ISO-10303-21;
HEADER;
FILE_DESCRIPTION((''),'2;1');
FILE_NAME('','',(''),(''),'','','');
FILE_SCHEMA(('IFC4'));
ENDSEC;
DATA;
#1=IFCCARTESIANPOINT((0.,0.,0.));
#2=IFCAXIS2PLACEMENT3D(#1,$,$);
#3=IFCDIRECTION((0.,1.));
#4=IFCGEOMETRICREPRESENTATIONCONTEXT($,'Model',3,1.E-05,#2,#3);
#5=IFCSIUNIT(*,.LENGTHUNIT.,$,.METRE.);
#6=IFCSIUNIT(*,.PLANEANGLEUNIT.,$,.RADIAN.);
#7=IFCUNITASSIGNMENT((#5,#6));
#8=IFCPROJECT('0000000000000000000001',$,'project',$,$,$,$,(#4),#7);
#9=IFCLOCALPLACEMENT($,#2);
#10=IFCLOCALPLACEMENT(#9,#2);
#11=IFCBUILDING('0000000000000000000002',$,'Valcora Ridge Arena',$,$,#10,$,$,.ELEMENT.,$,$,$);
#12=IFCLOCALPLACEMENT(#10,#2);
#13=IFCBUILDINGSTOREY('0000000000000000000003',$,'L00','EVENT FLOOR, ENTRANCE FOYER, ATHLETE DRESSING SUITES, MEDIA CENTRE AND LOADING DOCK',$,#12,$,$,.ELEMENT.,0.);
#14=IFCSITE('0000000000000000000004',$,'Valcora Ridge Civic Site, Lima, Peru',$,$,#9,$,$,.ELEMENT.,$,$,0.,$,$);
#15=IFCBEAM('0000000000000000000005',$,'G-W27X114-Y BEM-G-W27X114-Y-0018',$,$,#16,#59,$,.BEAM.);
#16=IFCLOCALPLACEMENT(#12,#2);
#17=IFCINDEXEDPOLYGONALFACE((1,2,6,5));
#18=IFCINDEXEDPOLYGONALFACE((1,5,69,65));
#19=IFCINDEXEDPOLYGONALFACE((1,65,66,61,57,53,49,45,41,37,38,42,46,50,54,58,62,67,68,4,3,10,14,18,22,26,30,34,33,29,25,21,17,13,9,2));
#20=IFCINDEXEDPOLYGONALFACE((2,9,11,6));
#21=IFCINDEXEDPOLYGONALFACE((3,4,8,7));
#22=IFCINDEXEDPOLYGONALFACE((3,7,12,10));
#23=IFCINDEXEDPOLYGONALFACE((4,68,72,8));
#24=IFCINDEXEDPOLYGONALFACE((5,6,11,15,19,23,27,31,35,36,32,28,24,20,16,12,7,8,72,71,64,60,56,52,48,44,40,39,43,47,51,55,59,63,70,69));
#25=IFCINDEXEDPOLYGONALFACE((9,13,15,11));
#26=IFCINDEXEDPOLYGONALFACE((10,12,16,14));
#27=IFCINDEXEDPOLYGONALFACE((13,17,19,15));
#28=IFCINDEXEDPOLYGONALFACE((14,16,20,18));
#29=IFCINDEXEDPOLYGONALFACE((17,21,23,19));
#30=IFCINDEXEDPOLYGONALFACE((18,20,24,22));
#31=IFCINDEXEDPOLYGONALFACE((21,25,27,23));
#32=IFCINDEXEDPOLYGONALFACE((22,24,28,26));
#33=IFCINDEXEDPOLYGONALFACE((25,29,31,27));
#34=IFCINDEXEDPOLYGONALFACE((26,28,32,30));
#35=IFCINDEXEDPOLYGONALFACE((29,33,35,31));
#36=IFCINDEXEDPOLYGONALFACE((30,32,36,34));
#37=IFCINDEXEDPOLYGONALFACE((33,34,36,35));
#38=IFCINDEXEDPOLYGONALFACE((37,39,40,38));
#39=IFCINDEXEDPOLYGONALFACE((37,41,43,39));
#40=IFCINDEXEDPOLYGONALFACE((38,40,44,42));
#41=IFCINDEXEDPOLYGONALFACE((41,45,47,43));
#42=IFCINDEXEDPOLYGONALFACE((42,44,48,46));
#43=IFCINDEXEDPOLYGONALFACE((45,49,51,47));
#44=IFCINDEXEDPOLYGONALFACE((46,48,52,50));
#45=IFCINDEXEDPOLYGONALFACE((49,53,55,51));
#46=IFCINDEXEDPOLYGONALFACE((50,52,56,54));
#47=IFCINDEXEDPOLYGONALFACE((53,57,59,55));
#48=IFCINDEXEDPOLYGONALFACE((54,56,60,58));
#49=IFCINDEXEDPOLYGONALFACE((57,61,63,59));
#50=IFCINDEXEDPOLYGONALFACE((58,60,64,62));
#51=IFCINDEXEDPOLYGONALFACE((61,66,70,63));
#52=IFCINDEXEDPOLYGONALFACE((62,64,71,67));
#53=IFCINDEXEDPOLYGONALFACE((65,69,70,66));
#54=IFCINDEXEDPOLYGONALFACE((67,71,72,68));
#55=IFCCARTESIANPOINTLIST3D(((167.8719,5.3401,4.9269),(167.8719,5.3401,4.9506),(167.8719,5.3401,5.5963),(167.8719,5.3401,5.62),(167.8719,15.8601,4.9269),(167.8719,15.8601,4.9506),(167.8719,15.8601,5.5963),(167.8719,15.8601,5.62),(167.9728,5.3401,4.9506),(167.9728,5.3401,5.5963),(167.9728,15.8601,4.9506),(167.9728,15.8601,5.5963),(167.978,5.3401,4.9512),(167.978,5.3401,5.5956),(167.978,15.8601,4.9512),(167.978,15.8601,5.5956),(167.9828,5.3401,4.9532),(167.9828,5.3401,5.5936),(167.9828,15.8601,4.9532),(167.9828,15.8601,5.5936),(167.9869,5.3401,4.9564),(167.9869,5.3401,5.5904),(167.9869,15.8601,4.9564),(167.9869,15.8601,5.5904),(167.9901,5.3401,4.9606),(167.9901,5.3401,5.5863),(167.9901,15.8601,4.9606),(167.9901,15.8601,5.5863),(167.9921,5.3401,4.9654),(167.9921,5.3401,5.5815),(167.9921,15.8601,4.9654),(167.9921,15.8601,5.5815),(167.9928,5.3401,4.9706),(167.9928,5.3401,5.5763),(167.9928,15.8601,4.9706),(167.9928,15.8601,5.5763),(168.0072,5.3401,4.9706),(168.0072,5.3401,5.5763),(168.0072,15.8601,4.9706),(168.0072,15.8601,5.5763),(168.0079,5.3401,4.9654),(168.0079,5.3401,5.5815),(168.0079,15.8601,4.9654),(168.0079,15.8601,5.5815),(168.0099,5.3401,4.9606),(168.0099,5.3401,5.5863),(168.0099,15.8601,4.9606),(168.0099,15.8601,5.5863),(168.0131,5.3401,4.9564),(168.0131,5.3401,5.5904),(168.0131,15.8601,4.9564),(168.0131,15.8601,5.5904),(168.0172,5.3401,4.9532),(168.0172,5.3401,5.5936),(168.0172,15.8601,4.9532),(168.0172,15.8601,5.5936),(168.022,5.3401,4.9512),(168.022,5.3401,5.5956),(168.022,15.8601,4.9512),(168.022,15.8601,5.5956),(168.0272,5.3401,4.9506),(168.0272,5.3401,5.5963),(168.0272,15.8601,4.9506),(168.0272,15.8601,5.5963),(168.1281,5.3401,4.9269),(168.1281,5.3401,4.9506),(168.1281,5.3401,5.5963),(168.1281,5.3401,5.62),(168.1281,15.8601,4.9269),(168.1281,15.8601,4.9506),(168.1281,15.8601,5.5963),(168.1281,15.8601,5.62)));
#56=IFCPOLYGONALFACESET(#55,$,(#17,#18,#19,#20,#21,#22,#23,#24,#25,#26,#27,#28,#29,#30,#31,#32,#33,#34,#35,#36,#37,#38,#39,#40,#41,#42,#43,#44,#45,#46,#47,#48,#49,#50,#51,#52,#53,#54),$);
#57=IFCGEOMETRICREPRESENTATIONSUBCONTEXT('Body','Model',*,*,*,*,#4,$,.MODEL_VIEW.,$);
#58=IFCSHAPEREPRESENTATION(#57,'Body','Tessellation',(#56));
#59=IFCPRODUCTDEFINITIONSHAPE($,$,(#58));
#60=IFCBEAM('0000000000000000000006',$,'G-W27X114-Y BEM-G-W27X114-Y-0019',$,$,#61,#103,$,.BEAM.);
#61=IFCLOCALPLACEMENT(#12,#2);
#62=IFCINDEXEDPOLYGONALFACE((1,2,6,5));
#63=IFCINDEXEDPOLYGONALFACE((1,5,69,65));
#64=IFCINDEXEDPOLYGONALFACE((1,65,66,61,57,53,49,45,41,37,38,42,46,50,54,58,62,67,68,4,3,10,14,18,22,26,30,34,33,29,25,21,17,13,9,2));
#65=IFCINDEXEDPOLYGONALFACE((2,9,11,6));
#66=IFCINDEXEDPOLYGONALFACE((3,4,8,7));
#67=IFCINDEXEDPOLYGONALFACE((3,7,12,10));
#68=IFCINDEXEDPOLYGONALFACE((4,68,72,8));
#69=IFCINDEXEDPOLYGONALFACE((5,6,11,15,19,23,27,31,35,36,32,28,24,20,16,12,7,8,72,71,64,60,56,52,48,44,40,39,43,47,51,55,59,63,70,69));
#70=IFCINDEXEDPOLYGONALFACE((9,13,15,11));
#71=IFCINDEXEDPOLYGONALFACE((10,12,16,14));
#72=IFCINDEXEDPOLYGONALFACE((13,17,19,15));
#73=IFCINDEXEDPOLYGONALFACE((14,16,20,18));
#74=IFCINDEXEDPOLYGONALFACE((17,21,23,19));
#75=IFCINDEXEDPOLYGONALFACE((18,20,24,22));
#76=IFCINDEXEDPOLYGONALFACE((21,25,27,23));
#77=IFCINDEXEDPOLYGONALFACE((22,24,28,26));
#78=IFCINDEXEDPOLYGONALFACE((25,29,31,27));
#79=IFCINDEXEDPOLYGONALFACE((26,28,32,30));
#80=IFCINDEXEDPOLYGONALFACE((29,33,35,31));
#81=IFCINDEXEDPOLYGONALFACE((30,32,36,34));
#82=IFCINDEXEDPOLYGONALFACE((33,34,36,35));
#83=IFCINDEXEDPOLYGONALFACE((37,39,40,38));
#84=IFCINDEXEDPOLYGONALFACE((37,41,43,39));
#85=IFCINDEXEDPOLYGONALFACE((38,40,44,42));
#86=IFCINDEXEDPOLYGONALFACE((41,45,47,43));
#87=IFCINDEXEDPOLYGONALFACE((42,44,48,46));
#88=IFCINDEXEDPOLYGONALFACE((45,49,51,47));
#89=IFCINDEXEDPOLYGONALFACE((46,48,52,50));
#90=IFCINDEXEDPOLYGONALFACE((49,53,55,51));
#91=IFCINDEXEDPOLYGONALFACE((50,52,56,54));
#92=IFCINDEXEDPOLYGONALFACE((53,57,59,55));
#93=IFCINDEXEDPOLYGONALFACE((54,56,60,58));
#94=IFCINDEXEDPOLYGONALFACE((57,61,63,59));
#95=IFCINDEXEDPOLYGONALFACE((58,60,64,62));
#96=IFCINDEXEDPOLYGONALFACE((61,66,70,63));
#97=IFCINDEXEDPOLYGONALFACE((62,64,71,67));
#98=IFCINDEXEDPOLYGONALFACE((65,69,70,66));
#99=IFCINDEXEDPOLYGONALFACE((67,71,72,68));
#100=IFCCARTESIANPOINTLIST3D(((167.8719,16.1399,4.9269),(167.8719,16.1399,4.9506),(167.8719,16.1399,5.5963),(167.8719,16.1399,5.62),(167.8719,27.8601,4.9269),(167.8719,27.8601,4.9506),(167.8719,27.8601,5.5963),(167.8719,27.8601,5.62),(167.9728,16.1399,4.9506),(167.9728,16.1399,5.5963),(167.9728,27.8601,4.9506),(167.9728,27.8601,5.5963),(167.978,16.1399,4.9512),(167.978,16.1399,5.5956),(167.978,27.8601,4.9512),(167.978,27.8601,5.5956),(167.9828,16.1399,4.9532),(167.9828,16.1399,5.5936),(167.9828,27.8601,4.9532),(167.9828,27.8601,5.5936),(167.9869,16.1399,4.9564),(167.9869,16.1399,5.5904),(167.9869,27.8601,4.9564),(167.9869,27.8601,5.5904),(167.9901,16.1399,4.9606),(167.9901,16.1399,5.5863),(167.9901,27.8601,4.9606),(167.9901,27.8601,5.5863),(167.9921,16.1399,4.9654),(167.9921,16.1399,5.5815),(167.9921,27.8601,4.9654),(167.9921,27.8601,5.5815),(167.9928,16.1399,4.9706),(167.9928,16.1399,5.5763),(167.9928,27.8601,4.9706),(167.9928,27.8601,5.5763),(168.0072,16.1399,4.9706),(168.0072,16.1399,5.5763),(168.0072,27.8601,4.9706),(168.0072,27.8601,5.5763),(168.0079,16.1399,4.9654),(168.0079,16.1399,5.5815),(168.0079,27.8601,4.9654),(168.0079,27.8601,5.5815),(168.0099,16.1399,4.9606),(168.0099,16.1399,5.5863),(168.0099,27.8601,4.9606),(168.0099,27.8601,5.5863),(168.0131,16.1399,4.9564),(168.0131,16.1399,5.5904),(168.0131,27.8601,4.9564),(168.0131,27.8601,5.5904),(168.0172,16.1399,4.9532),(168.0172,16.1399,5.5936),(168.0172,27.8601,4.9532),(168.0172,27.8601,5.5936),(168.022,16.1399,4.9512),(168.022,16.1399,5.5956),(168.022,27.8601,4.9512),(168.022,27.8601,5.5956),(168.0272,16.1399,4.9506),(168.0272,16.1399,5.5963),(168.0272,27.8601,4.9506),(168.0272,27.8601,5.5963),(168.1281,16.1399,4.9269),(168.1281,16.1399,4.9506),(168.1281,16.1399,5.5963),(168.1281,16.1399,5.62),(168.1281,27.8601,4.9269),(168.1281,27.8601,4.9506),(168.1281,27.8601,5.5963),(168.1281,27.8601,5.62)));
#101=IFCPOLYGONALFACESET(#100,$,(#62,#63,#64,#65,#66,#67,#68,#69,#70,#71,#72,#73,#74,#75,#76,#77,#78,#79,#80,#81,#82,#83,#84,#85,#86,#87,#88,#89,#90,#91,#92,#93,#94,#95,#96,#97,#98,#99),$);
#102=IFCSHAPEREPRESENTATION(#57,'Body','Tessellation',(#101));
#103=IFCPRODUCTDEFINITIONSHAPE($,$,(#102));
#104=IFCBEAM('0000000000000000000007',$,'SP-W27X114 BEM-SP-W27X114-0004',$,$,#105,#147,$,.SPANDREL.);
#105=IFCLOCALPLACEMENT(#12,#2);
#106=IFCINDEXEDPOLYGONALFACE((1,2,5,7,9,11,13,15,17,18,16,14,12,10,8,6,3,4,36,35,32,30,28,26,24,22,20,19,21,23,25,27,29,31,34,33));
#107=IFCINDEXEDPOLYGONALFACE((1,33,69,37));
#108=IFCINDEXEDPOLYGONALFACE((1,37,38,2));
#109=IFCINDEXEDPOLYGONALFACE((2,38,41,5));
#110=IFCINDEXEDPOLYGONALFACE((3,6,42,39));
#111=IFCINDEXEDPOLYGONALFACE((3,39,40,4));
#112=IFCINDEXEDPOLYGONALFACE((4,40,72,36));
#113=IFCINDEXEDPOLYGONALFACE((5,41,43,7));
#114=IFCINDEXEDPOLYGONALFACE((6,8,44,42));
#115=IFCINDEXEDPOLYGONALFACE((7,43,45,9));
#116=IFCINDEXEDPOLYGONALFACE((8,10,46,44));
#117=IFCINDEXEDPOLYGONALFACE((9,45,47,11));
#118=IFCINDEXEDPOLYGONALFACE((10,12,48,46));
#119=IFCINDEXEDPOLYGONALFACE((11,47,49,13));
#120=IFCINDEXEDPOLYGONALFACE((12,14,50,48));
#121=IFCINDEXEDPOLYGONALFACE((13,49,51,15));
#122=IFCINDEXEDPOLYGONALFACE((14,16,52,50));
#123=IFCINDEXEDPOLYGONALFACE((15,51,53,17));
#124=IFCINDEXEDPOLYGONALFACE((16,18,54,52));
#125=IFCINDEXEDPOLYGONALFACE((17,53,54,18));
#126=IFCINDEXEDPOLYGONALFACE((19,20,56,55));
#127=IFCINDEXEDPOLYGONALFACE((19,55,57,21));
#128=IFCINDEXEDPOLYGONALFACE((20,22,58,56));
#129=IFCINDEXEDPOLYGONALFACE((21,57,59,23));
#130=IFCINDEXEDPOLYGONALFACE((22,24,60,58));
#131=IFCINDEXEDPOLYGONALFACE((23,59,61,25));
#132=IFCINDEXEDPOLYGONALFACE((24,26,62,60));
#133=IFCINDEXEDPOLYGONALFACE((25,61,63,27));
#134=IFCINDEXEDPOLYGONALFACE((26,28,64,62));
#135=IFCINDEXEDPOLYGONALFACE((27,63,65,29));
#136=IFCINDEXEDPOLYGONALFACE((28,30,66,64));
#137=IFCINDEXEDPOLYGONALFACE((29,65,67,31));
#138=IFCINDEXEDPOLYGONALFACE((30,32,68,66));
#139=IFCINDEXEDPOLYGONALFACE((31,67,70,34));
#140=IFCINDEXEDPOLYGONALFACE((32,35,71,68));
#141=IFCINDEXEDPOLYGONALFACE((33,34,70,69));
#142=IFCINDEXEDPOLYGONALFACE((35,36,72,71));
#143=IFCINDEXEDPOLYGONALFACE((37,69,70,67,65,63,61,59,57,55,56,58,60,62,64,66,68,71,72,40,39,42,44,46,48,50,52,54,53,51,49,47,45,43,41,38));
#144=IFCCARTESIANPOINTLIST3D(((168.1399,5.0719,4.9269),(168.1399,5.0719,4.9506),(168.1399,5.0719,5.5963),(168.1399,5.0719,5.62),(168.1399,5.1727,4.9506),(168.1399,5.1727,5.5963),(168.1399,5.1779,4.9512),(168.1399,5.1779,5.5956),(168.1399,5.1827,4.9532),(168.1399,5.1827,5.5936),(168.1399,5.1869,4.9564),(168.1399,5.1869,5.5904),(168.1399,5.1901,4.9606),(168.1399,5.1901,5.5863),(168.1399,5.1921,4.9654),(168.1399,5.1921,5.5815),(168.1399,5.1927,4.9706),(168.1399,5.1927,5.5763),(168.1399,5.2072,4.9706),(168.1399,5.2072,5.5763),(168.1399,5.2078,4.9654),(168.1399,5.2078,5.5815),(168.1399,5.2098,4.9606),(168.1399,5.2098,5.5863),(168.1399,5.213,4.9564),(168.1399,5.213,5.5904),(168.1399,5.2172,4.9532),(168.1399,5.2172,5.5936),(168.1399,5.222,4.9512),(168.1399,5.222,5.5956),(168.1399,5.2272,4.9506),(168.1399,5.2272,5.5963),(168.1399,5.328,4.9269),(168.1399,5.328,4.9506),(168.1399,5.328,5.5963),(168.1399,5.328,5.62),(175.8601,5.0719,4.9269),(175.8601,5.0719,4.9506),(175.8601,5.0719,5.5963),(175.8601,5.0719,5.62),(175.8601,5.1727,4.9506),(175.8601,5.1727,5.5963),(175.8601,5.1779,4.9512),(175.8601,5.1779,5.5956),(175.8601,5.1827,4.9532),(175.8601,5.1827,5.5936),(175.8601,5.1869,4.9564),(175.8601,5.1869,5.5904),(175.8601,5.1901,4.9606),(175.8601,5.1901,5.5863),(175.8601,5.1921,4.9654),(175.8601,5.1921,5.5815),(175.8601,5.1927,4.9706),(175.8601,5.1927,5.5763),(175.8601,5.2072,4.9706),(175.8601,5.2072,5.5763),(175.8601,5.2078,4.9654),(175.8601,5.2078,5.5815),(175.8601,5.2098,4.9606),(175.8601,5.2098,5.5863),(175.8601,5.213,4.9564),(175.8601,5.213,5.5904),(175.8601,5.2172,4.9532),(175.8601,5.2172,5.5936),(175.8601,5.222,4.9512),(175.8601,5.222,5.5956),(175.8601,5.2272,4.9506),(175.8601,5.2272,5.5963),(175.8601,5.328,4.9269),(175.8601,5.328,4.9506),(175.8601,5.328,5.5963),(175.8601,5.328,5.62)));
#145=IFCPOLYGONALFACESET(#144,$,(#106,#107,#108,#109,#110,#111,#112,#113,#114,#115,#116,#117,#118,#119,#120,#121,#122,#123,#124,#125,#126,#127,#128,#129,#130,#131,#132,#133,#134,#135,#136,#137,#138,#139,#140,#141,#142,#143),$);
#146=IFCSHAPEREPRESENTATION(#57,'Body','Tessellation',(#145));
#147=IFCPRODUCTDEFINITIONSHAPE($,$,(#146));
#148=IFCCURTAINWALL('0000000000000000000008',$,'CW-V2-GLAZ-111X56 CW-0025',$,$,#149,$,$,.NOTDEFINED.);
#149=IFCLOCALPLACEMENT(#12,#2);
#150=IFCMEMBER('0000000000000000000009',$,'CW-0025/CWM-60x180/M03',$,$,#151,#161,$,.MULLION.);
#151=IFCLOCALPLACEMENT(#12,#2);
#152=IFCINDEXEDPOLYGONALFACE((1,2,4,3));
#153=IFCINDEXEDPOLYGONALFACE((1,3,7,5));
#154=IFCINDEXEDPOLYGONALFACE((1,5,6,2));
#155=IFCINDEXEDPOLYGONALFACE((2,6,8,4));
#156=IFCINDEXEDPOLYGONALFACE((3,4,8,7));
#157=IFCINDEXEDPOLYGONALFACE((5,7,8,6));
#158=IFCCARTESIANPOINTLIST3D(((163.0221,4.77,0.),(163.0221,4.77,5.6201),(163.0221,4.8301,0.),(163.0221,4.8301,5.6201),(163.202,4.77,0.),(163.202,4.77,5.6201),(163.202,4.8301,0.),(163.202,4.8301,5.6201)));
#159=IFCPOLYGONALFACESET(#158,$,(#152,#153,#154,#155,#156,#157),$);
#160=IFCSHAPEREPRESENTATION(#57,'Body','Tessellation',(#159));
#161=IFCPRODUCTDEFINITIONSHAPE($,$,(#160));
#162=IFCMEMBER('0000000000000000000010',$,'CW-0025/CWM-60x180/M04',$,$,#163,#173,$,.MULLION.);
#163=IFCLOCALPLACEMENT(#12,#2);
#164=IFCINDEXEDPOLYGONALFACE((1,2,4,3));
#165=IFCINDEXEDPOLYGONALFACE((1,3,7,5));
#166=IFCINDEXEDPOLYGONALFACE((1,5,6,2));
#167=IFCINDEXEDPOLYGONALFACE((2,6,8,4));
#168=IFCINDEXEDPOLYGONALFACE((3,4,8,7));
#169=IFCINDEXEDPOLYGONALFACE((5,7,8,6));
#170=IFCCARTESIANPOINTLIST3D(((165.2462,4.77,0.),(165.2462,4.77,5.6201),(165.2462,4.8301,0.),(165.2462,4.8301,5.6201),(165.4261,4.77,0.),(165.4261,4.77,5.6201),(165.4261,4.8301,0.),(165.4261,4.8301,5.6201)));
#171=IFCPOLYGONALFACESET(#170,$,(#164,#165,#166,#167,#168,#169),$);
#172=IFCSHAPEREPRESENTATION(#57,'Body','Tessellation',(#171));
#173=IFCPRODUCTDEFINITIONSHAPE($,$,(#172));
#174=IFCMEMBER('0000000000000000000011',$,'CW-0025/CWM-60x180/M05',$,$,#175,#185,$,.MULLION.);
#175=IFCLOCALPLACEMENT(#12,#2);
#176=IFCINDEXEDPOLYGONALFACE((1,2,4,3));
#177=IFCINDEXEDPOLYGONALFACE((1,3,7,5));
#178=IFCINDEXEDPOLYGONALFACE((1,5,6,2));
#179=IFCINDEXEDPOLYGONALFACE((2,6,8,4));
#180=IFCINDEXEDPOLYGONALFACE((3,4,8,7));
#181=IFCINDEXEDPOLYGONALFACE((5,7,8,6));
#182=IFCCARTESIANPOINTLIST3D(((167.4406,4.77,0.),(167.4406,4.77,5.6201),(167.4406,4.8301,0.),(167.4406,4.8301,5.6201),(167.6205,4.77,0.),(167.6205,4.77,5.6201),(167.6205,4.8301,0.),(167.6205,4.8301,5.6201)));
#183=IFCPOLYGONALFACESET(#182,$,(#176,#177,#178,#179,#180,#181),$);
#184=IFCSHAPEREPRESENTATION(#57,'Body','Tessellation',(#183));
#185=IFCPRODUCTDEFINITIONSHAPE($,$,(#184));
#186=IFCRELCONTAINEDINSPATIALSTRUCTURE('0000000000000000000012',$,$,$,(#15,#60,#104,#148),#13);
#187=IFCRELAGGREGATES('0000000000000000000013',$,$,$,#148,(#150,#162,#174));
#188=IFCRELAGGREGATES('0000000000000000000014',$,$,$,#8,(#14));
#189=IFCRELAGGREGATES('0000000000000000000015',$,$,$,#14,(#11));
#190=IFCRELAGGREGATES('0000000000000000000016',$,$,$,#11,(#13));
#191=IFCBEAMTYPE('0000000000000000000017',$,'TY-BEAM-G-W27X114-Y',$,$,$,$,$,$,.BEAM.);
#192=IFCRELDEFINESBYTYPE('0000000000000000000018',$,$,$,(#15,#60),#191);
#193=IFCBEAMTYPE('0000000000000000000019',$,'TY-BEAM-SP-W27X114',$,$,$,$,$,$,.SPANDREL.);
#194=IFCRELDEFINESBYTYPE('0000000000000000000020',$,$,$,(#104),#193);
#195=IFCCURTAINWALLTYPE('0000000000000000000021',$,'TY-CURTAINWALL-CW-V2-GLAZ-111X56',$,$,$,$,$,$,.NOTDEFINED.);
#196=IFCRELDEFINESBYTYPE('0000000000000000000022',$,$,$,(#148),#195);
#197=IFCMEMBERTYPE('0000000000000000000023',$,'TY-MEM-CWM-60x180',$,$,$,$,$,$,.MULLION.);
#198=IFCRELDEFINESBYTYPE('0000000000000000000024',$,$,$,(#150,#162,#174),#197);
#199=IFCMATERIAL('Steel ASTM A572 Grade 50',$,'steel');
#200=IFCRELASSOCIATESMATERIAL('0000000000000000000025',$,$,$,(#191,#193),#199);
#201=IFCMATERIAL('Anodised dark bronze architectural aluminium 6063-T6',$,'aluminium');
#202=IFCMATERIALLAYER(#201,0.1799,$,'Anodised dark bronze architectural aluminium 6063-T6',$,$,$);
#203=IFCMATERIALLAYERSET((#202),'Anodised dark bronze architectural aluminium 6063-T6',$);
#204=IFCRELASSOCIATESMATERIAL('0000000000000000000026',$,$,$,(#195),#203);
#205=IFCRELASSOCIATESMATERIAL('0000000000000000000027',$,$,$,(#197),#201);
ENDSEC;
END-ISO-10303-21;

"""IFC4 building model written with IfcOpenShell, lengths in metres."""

from ifc_helpers import new_model, si_unit, direction, frame, origin, origin_2d, place, context, subcontext, project, spatial, rectangle, i_section, extrude, material, layer, layer_set, material_profile, profile_set, type_object, element, aggregate, save


model = new_model("IFC4")

# Units and contexts
model_context = context("Model", 3, precision=1e-05, world=origin(), true_north=direction((0.0, 1.0)))
body_context = subcontext(model_context, "Body", "Model", "MODEL_VIEW")
ifc_project = project(units=[si_unit("LENGTHUNIT", "METRE"), si_unit("PLANEANGLEUNIT", "RADIAN")], contexts=[model_context])

# Site, building, storey
site_placement = place(None, origin())
site = spatial("IfcSite", under=ifc_project, at=site_placement, Name="Valcora Ridge Civic Site, Lima, Peru", CompositionType="ELEMENT", RefElevation=0.0)
building_placement = place(site_placement, origin())
building = spatial("IfcBuilding", under=site, at=building_placement, Name="Valcora Ridge Arena", CompositionType="ELEMENT")
storey_placement = place(building_placement, origin())
storey = spatial("IfcBuildingStorey", under=building, at=storey_placement, Name="L00", Description="EVENT FLOOR, ENTRANCE FOYER, ATHLETE DRESSING SUITES, MEDIA CENTRE AND LOADING DOCK", CompositionType="ELEMENT", Elevation=0.0)

# Shared definitions
ifc_material_1 = material(Name="Steel ASTM A572 Grade 50", Category="steel")

# Beams
ifc_material_profile_1 = material_profile(ifc_material_1, i_section(OverallWidth=0.2561, OverallDepth=0.6931, WebThickness=0.0144, FlangeThickness=0.0237, FilletRadius=0.02, at=origin_2d()), Name="W27X114")
ifc_profile_set_1 = profile_set([ifc_material_profile_1], Name="Steel ASTM A572 Grade 50")
beam_type_1 = type_object("IfcBeamType", Name="TY-BEAM-G-W27X114-Y", PredefinedType="BEAM", material=ifc_profile_set_1)
beam_1_placement = place(storey_placement, frame((168.0, 5.3401, 5.2734), z_axis=(0.0, 1.0, 0.0), x_axis=(-1.0, 0.0, 0.0)))
element("IfcBeam", 1, at=beam_1_placement, inside=storey, type_object=beam_type_1, Name="G-W27X114-Y BEM-G-W27X114-Y-0018", PredefinedType="BEAM", context=body_context, shape_type="SweptSolid", body=[
    extrude(i_section(OverallWidth=0.2561, OverallDepth=0.6931, WebThickness=0.0144, FlangeThickness=0.0237, FilletRadius=0.02, at=origin_2d()), origin(), (0.0, 0.0, 1.0), 10.52),
])
beam_2_placement = place(storey_placement, frame((168.0, 16.1399, 5.2734), z_axis=(0.0, 1.0, 0.0), x_axis=(-1.0, 0.0, 0.0)))
element("IfcBeam", 2, at=beam_2_placement, inside=storey, type_object=beam_type_1, Name="G-W27X114-Y BEM-G-W27X114-Y-0019", PredefinedType="BEAM", context=body_context, shape_type="SweptSolid", body=[
    extrude(i_section(OverallWidth=0.2561, OverallDepth=0.6931, WebThickness=0.0144, FlangeThickness=0.0237, FilletRadius=0.02, at=origin_2d()), origin(), (0.0, 0.0, 1.0), 11.7202),
])
ifc_material_profile_2 = material_profile(ifc_material_1, i_section(OverallWidth=0.2561, OverallDepth=0.6931, WebThickness=0.0144, FlangeThickness=0.0237, FilletRadius=0.02, at=origin_2d()), Name="W27X114")
ifc_profile_set_2 = profile_set([ifc_material_profile_2], Name="Steel ASTM A572 Grade 50")
beam_type_2 = type_object("IfcBeamType", Name="TY-BEAM-SP-W27X114", PredefinedType="SPANDREL", material=ifc_profile_set_2)
beam_3_placement = place(storey_placement, frame((168.1399, 5.2, 5.2734), z_axis=(1.0, 0.0, 0.0), x_axis=(0.0, 1.0, 0.0)))
element("IfcBeam", 3, at=beam_3_placement, inside=storey, type_object=beam_type_2, Name="SP-W27X114 BEM-SP-W27X114-0004", PredefinedType="SPANDREL", context=body_context, shape_type="SweptSolid", body=[
    extrude(i_section(OverallWidth=0.2561, OverallDepth=0.6931, WebThickness=0.0144, FlangeThickness=0.0237, FilletRadius=0.02, at=origin_2d()), origin(), (0.0, 0.0, 1.0), 7.7202),
])

# Curtain wall, members
ifc_material_2 = material(Name="Anodised dark bronze architectural aluminium 6063-T6", Category="aluminium")
ifc_layer_1 = layer(ifc_material_2, 0.1799, Name="Anodised dark bronze architectural aluminium 6063-T6")
ifc_layer_set_1 = layer_set([ifc_layer_1], Name="Anodised dark bronze architectural aluminium 6063-T6")
curtain_wall_type_1 = type_object("IfcCurtainWallType", Name="TY-CURTAINWALL-CW-V2-GLAZ-111X56", PredefinedType="NOTDEFINED", material=ifc_layer_set_1)
curtain_wall_1_placement = place(storey_placement, origin())
curtain_wall_1 = element("IfcCurtainWall", 4, at=curtain_wall_1_placement, inside=storey, type_object=curtain_wall_type_1, Name="CW-V2-GLAZ-111X56 CW-0025", PredefinedType="NOTDEFINED")
ifc_material_profile_3 = material_profile(ifc_material_2, rectangle(XDim=0.0601, YDim=0.1799, at=origin_2d()), Name="ALU MULLION 60x180")
ifc_profile_set_3 = profile_set([ifc_material_profile_3], Name="Anodised dark bronze architectural aluminium 6063-T6")
member_type_1 = type_object("IfcMemberType", Name="TY-MEM-CWM-60x180", PredefinedType="MULLION", material=ifc_profile_set_3)
member_1_placement = place(storey_placement, frame((163.1121, 4.8, 0.0), z_axis=(0.0, 0.0, 1.0), x_axis=(0.0, 1.0, 0.0)))
member_1 = element("IfcMember", 5, at=member_1_placement, type_object=member_type_1, Name="CW-0025/CWM-60x180/M03", PredefinedType="MULLION", context=body_context, shape_type="SweptSolid", body=[
    extrude(rectangle(XDim=0.0601, YDim=0.1799, at=origin_2d()), origin(), (0.0, 0.0, 1.0), 5.6201),
])
member_2_placement = place(storey_placement, frame((165.3362, 4.8, 0.0), z_axis=(0.0, 0.0, 1.0), x_axis=(0.0, 1.0, 0.0)))
member_2 = element("IfcMember", 6, at=member_2_placement, type_object=member_type_1, Name="CW-0025/CWM-60x180/M04", PredefinedType="MULLION", context=body_context, shape_type="SweptSolid", body=[
    extrude(rectangle(XDim=0.0601, YDim=0.1799, at=origin_2d()), origin(), (0.0, 0.0, 1.0), 5.6201),
])
member_3_placement = place(storey_placement, frame((167.5305, 4.8, 0.0), z_axis=(0.0, 0.0, 1.0), x_axis=(0.0, 1.0, 0.0)))
member_3 = element("IfcMember", 7, at=member_3_placement, type_object=member_type_1, Name="CW-0025/CWM-60x180/M05", PredefinedType="MULLION", context=body_context, shape_type="SweptSolid", body=[
    extrude(rectangle(XDim=0.0601, YDim=0.1799, at=origin_2d()), origin(), (0.0, 0.0, 1.0), 5.6201),
])

aggregate(curtain_wall_1, [member_1, member_2, member_3])

save(model, "model.ifc")
